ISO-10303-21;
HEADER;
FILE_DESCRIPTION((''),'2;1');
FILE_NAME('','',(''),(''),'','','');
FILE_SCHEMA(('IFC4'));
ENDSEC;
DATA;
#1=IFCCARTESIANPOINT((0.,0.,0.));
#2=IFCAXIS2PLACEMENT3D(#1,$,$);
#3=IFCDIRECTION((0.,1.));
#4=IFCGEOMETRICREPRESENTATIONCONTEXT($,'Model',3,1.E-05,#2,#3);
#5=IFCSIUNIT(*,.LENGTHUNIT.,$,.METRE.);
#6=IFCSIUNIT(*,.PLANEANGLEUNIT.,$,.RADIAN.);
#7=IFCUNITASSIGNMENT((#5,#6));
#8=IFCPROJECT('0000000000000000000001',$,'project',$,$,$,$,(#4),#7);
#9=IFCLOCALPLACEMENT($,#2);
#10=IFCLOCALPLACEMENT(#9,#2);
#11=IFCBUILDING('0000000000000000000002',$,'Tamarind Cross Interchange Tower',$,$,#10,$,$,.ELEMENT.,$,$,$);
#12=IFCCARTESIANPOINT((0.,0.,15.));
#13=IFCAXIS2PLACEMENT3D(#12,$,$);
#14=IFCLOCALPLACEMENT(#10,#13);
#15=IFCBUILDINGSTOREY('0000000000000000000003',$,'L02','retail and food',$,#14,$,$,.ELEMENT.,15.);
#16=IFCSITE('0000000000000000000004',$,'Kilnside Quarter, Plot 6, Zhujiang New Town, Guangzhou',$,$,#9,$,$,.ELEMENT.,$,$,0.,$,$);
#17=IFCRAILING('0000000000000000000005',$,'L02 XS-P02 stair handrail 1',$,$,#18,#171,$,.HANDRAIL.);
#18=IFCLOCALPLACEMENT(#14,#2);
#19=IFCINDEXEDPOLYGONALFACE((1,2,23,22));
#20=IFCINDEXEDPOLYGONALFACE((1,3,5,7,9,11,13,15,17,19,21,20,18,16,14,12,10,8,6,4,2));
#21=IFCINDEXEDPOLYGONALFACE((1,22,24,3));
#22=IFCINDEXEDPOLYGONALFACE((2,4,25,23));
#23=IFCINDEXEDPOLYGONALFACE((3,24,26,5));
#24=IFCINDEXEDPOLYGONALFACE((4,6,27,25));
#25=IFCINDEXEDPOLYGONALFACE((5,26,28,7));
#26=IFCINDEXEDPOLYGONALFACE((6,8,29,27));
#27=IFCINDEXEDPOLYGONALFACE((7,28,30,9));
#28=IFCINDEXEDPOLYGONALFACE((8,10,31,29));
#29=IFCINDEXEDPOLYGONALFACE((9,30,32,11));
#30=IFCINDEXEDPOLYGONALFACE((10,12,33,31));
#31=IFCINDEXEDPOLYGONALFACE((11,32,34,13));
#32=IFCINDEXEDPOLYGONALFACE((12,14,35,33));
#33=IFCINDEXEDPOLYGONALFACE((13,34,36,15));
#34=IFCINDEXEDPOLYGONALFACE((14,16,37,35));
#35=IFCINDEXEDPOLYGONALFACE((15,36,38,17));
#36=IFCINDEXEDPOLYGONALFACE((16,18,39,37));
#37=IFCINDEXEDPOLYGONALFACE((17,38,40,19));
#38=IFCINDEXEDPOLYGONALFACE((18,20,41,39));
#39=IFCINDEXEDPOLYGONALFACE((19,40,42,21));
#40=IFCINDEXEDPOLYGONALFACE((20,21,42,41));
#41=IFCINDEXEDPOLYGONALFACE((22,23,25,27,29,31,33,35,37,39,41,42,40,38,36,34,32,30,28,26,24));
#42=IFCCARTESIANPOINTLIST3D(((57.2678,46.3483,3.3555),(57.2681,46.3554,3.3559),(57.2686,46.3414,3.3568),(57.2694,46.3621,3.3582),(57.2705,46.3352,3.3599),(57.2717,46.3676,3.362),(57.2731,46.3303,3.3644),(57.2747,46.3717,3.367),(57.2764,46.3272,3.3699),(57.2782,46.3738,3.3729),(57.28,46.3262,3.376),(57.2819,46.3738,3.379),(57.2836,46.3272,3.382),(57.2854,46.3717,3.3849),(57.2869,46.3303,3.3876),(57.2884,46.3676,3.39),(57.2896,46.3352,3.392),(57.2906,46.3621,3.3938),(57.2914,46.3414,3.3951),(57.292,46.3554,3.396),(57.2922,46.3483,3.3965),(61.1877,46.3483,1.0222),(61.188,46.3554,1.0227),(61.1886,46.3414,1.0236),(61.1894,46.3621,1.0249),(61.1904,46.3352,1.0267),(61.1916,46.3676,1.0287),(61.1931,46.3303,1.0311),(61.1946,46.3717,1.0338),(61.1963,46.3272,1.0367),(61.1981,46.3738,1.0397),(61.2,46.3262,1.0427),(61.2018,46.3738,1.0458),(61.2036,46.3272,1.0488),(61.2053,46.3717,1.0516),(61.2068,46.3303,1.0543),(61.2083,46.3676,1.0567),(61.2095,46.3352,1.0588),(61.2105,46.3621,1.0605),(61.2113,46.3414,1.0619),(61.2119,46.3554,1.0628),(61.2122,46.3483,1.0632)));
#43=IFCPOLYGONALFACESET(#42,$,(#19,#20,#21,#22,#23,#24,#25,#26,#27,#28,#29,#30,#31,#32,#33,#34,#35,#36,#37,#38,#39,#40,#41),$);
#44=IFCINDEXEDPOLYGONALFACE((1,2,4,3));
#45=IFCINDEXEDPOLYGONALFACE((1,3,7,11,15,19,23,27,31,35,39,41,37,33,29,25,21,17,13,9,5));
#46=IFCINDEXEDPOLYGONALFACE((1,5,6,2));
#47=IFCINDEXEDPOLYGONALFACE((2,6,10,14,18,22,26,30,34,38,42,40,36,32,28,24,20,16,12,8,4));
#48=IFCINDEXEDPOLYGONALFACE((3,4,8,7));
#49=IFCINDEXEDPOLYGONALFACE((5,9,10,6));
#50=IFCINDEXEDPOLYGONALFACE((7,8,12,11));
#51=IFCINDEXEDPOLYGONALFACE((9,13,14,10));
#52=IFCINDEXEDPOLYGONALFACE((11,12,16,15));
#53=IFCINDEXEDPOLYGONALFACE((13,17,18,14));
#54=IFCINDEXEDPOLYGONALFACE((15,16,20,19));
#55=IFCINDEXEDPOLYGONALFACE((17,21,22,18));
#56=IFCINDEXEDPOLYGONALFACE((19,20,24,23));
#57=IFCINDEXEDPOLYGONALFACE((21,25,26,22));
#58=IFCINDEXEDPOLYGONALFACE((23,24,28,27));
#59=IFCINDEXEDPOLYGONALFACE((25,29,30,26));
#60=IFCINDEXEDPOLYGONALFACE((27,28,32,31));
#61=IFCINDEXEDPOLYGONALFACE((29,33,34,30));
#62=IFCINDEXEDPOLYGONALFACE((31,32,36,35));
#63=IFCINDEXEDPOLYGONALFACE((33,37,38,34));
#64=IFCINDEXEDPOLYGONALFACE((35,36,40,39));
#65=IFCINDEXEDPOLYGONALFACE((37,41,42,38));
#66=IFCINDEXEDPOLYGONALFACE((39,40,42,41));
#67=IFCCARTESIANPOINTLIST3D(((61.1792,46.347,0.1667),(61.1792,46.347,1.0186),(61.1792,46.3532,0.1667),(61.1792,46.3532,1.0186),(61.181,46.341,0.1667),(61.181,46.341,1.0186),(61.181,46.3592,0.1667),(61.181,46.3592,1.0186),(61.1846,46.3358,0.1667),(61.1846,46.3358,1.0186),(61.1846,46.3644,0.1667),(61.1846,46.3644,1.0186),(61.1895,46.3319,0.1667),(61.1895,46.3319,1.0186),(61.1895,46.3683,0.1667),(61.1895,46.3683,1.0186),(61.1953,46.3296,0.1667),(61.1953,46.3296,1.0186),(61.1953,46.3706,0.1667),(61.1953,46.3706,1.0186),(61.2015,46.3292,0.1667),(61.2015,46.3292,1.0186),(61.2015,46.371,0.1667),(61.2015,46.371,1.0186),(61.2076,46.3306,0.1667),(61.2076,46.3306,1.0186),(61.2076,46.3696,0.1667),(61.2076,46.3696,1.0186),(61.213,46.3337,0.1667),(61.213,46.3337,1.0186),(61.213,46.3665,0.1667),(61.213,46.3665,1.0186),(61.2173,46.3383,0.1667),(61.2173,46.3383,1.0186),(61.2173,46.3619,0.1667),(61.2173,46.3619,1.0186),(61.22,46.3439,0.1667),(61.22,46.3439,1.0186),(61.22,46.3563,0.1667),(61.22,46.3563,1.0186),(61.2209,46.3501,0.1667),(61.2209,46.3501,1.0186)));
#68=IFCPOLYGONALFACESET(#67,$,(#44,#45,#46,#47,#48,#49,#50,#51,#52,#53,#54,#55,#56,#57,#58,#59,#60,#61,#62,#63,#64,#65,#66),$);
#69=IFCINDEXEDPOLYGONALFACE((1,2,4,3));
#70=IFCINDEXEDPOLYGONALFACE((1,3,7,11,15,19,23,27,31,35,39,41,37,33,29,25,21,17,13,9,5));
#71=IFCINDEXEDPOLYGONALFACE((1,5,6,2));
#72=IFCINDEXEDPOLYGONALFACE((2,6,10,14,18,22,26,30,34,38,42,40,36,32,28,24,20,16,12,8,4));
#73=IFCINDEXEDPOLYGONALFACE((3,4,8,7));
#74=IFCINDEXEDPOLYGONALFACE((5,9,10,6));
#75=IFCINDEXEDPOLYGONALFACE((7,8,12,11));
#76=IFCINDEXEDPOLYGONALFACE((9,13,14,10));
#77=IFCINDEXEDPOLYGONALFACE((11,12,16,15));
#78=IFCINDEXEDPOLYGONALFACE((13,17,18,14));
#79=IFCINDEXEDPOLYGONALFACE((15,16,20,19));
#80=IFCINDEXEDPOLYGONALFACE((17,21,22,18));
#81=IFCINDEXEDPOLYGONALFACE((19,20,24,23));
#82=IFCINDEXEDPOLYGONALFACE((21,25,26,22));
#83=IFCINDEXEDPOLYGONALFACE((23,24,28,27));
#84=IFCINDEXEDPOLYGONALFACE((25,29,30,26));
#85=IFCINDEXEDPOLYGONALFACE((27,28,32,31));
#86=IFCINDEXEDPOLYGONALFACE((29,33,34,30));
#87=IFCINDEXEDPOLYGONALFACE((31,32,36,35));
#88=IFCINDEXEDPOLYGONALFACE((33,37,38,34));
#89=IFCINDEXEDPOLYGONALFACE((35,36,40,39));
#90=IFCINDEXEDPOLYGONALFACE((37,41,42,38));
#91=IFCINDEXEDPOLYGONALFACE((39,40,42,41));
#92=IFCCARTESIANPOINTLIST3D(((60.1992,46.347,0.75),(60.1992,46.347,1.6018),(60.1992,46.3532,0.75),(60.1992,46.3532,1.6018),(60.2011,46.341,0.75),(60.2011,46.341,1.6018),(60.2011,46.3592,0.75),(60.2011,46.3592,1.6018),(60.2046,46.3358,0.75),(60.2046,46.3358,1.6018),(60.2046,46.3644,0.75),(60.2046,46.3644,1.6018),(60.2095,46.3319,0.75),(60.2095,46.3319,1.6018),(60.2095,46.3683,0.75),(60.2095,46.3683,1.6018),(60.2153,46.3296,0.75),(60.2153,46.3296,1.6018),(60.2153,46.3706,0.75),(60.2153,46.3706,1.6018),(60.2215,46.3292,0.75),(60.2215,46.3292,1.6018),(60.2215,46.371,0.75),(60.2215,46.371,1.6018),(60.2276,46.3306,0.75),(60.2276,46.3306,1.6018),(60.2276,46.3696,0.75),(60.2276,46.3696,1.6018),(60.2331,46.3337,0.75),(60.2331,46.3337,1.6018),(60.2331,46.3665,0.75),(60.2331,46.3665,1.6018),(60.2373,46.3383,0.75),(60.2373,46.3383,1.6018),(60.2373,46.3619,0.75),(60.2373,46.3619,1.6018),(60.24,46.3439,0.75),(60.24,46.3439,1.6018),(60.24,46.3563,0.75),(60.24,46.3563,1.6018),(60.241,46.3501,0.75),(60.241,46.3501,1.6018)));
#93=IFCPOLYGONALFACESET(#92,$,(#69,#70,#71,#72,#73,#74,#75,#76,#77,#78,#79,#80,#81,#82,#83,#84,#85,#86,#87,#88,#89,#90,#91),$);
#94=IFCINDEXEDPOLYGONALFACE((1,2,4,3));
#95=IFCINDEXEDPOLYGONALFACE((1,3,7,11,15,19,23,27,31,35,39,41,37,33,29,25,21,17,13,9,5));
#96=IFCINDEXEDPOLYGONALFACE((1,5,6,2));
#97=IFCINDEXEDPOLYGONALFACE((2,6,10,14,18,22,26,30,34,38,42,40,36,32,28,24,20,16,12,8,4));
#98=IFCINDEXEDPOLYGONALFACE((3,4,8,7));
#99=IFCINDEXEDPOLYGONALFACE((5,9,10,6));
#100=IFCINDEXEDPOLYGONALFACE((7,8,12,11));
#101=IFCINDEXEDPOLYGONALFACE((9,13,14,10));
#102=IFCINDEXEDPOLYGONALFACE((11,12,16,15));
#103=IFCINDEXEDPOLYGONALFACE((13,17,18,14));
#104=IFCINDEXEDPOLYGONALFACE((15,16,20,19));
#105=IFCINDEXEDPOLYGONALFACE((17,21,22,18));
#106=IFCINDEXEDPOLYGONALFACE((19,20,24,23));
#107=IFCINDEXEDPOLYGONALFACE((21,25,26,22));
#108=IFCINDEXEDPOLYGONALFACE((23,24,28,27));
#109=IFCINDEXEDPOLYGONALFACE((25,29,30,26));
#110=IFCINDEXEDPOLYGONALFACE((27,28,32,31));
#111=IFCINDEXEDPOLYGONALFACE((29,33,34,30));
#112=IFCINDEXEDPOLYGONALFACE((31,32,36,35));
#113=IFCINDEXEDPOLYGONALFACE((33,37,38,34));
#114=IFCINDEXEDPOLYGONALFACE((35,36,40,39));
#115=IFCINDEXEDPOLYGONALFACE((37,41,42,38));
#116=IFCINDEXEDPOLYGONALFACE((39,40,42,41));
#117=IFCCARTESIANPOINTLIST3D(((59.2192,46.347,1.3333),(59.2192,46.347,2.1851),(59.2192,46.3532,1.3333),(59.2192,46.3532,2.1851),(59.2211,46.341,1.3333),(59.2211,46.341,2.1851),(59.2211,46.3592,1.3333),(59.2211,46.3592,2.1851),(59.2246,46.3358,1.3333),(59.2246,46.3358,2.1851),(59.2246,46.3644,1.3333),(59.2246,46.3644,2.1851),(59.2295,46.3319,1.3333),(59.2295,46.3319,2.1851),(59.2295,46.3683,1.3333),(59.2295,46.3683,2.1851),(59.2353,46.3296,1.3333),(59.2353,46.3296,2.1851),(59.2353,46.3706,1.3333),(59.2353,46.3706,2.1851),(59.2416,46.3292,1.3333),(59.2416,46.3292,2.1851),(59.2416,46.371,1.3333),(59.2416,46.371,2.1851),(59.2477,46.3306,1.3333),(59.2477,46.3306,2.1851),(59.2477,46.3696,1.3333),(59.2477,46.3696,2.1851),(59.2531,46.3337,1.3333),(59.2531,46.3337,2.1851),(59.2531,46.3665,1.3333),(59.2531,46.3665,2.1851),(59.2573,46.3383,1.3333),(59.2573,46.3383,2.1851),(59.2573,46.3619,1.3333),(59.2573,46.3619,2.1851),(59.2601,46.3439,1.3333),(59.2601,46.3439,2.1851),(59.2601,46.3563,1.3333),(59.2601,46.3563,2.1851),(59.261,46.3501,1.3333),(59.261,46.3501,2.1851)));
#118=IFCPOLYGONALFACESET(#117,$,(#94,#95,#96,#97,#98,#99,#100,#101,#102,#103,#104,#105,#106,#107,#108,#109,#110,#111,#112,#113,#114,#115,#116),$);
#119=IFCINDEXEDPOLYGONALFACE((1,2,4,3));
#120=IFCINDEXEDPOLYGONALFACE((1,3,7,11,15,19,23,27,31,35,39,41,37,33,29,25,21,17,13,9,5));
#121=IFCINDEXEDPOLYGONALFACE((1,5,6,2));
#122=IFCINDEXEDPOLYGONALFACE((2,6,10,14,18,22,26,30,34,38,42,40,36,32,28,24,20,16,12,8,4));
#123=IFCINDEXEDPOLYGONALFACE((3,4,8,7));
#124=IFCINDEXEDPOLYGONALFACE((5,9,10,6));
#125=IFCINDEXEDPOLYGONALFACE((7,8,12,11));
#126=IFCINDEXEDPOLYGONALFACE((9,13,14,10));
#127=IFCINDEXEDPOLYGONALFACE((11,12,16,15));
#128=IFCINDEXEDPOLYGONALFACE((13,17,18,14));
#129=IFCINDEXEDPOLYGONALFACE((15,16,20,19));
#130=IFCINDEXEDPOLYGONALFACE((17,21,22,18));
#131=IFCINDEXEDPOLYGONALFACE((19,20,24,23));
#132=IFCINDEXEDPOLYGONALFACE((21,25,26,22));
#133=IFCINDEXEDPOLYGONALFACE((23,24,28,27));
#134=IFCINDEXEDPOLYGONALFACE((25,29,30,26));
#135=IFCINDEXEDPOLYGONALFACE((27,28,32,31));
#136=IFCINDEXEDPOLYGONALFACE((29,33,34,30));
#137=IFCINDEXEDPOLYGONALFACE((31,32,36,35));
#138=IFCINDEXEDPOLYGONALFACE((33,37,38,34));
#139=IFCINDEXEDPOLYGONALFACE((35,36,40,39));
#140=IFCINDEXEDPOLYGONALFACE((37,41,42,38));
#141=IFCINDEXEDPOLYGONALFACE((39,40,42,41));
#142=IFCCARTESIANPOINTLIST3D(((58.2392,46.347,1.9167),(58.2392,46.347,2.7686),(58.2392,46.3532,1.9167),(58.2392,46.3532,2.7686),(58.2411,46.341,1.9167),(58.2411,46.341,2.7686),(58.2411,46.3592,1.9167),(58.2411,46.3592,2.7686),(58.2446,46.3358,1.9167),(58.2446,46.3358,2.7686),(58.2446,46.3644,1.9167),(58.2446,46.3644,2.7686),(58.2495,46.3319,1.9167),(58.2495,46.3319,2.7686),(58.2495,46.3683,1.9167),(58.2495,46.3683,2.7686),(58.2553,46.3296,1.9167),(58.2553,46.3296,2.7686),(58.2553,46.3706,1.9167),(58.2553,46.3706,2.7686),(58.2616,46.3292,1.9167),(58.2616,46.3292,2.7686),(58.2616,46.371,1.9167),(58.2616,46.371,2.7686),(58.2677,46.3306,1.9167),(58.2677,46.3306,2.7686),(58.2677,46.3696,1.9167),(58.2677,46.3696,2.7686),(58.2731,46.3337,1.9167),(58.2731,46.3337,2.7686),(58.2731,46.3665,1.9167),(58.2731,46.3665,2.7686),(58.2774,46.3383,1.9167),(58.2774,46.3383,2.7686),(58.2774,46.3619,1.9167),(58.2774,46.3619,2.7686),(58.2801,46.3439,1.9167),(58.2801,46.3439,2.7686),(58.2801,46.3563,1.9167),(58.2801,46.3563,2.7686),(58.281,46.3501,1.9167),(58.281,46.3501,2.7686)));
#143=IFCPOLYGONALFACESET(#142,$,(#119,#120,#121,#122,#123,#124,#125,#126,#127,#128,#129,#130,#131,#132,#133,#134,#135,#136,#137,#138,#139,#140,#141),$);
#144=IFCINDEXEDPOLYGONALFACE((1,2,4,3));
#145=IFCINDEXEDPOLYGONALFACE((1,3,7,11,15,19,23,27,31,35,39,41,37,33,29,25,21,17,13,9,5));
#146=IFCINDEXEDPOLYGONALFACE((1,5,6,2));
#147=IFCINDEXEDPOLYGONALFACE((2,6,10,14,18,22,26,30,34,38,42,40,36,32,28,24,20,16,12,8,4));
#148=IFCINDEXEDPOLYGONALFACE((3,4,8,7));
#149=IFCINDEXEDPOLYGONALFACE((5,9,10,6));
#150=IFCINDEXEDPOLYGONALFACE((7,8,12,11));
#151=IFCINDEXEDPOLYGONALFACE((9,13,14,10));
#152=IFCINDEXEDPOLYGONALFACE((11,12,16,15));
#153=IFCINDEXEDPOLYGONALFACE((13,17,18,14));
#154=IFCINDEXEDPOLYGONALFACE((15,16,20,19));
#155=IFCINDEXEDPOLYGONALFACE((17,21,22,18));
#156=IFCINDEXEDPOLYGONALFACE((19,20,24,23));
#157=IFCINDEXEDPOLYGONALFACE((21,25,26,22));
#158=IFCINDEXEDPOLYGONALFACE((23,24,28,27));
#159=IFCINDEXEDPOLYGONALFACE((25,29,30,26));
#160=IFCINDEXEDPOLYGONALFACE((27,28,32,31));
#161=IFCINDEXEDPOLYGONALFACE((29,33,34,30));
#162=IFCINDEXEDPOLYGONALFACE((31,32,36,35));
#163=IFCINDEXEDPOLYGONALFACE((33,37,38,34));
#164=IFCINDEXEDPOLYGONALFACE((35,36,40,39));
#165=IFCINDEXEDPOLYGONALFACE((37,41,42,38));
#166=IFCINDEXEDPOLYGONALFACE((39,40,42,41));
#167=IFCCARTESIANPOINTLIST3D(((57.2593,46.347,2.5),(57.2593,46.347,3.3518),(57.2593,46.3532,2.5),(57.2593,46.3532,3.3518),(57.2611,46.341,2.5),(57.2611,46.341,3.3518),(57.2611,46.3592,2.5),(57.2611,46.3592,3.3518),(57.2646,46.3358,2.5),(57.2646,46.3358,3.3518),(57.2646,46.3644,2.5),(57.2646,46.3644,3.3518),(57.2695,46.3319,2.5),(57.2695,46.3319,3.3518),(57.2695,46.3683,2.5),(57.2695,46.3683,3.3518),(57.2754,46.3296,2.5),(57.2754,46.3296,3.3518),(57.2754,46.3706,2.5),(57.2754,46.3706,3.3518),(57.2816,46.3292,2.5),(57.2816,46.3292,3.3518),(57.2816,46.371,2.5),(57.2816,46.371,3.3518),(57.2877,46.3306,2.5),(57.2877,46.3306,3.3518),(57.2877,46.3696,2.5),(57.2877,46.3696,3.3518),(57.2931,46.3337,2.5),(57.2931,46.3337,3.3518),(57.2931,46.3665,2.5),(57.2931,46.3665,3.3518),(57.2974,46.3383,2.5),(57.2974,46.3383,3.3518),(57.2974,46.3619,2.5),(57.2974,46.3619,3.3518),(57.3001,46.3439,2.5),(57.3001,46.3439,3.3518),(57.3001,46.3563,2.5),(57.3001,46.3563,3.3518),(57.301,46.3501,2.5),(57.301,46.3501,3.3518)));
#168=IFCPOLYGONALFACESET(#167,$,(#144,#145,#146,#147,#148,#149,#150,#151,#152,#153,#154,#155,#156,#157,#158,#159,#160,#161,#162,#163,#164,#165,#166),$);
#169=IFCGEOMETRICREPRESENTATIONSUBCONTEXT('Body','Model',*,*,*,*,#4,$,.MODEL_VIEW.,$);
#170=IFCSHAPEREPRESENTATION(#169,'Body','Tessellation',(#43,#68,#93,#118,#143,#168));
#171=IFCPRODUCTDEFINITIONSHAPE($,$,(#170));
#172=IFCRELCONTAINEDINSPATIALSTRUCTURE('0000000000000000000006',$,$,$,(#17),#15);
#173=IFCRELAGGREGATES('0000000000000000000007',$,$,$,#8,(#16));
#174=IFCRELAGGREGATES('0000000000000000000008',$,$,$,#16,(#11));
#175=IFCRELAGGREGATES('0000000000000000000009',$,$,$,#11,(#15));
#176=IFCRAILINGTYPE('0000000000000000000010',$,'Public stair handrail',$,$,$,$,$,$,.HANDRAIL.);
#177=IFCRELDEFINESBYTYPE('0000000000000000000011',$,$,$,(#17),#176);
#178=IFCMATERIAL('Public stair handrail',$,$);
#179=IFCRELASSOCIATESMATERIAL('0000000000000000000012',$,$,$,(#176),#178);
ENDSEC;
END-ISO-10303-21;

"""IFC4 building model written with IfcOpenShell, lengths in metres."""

from ifc_helpers import new_model, si_unit, direction, frame, origin, origin_2d, place, context, subcontext, project, spatial, circle, extrude, material, type_object, element, save


model = new_model("IFC4")

# Units and contexts
model_context = context("Model", 3, precision=1e-05, world=origin(), true_north=direction((0.0, 1.0)))
body_context = subcontext(model_context, "Body", "Model", "MODEL_VIEW")
ifc_project = project(units=[si_unit("LENGTHUNIT", "METRE"), si_unit("PLANEANGLEUNIT", "RADIAN")], contexts=[model_context])

# Site, building, storey
site_placement = place(None, origin())
site = spatial("IfcSite", under=ifc_project, at=site_placement, Name="Kilnside Quarter, Plot 6, Zhujiang New Town, Guangzhou", CompositionType="ELEMENT", RefElevation=0.0)
building_placement = place(site_placement, origin())
building = spatial("IfcBuilding", under=site, at=building_placement, Name="Tamarind Cross Interchange Tower", CompositionType="ELEMENT")
storey_placement = place(building_placement, frame((0.0, 0.0, 15.0)))
storey = spatial("IfcBuildingStorey", under=building, at=storey_placement, Name="L02", Description="retail and food", CompositionType="ELEMENT", Elevation=15.0)

# Railing
ifc_material_1 = material(Name="Public stair handrail")
railing_type_1 = type_object("IfcRailingType", Name="Public stair handrail", PredefinedType="HANDRAIL", material=ifc_material_1)
railing_1_placement = place(storey_placement, frame((61.2, 46.3501, 0.1667)))
element("IfcRailing", 1, at=railing_1_placement, inside=storey, type_object=railing_type_1, Name="L02 XS-P02 stair handrail 1", PredefinedType="HANDRAIL", context=body_context, shape_type="SweptSolid", body=[
    extrude(circle(Radius=0.0239, at=origin_2d()), frame((0.0, 0.0, 0.876), z_axis=(-0.859296, 0.0, 0.511478), x_axis=(0.0, -1.0, 0.0)), (0.0, 0.0, 1.0), 4.5618),
    extrude(circle(Radius=0.021, at=origin_2d()), origin(), (0.0, 0.0, 1.0), 0.8518),
    extrude(circle(Radius=0.021, at=origin_2d()), frame((-0.98, 0.0, 0.5833)), (0.0, 0.0, 1.0), 0.8518),
    extrude(circle(Radius=0.021, at=origin_2d()), frame((-1.96, 0.0, 1.1665)), (0.0, 0.0, 1.0), 0.8518),
    extrude(circle(Radius=0.021, at=origin_2d()), frame((-2.9399, 0.0, 1.75)), (0.0, 0.0, 1.0), 0.8518),
    extrude(circle(Radius=0.021, at=origin_2d()), frame((-3.9199, 0.0, 2.3333)), (0.0, 0.0, 1.0), 0.8518),
])

save(model, "model.ifc")
